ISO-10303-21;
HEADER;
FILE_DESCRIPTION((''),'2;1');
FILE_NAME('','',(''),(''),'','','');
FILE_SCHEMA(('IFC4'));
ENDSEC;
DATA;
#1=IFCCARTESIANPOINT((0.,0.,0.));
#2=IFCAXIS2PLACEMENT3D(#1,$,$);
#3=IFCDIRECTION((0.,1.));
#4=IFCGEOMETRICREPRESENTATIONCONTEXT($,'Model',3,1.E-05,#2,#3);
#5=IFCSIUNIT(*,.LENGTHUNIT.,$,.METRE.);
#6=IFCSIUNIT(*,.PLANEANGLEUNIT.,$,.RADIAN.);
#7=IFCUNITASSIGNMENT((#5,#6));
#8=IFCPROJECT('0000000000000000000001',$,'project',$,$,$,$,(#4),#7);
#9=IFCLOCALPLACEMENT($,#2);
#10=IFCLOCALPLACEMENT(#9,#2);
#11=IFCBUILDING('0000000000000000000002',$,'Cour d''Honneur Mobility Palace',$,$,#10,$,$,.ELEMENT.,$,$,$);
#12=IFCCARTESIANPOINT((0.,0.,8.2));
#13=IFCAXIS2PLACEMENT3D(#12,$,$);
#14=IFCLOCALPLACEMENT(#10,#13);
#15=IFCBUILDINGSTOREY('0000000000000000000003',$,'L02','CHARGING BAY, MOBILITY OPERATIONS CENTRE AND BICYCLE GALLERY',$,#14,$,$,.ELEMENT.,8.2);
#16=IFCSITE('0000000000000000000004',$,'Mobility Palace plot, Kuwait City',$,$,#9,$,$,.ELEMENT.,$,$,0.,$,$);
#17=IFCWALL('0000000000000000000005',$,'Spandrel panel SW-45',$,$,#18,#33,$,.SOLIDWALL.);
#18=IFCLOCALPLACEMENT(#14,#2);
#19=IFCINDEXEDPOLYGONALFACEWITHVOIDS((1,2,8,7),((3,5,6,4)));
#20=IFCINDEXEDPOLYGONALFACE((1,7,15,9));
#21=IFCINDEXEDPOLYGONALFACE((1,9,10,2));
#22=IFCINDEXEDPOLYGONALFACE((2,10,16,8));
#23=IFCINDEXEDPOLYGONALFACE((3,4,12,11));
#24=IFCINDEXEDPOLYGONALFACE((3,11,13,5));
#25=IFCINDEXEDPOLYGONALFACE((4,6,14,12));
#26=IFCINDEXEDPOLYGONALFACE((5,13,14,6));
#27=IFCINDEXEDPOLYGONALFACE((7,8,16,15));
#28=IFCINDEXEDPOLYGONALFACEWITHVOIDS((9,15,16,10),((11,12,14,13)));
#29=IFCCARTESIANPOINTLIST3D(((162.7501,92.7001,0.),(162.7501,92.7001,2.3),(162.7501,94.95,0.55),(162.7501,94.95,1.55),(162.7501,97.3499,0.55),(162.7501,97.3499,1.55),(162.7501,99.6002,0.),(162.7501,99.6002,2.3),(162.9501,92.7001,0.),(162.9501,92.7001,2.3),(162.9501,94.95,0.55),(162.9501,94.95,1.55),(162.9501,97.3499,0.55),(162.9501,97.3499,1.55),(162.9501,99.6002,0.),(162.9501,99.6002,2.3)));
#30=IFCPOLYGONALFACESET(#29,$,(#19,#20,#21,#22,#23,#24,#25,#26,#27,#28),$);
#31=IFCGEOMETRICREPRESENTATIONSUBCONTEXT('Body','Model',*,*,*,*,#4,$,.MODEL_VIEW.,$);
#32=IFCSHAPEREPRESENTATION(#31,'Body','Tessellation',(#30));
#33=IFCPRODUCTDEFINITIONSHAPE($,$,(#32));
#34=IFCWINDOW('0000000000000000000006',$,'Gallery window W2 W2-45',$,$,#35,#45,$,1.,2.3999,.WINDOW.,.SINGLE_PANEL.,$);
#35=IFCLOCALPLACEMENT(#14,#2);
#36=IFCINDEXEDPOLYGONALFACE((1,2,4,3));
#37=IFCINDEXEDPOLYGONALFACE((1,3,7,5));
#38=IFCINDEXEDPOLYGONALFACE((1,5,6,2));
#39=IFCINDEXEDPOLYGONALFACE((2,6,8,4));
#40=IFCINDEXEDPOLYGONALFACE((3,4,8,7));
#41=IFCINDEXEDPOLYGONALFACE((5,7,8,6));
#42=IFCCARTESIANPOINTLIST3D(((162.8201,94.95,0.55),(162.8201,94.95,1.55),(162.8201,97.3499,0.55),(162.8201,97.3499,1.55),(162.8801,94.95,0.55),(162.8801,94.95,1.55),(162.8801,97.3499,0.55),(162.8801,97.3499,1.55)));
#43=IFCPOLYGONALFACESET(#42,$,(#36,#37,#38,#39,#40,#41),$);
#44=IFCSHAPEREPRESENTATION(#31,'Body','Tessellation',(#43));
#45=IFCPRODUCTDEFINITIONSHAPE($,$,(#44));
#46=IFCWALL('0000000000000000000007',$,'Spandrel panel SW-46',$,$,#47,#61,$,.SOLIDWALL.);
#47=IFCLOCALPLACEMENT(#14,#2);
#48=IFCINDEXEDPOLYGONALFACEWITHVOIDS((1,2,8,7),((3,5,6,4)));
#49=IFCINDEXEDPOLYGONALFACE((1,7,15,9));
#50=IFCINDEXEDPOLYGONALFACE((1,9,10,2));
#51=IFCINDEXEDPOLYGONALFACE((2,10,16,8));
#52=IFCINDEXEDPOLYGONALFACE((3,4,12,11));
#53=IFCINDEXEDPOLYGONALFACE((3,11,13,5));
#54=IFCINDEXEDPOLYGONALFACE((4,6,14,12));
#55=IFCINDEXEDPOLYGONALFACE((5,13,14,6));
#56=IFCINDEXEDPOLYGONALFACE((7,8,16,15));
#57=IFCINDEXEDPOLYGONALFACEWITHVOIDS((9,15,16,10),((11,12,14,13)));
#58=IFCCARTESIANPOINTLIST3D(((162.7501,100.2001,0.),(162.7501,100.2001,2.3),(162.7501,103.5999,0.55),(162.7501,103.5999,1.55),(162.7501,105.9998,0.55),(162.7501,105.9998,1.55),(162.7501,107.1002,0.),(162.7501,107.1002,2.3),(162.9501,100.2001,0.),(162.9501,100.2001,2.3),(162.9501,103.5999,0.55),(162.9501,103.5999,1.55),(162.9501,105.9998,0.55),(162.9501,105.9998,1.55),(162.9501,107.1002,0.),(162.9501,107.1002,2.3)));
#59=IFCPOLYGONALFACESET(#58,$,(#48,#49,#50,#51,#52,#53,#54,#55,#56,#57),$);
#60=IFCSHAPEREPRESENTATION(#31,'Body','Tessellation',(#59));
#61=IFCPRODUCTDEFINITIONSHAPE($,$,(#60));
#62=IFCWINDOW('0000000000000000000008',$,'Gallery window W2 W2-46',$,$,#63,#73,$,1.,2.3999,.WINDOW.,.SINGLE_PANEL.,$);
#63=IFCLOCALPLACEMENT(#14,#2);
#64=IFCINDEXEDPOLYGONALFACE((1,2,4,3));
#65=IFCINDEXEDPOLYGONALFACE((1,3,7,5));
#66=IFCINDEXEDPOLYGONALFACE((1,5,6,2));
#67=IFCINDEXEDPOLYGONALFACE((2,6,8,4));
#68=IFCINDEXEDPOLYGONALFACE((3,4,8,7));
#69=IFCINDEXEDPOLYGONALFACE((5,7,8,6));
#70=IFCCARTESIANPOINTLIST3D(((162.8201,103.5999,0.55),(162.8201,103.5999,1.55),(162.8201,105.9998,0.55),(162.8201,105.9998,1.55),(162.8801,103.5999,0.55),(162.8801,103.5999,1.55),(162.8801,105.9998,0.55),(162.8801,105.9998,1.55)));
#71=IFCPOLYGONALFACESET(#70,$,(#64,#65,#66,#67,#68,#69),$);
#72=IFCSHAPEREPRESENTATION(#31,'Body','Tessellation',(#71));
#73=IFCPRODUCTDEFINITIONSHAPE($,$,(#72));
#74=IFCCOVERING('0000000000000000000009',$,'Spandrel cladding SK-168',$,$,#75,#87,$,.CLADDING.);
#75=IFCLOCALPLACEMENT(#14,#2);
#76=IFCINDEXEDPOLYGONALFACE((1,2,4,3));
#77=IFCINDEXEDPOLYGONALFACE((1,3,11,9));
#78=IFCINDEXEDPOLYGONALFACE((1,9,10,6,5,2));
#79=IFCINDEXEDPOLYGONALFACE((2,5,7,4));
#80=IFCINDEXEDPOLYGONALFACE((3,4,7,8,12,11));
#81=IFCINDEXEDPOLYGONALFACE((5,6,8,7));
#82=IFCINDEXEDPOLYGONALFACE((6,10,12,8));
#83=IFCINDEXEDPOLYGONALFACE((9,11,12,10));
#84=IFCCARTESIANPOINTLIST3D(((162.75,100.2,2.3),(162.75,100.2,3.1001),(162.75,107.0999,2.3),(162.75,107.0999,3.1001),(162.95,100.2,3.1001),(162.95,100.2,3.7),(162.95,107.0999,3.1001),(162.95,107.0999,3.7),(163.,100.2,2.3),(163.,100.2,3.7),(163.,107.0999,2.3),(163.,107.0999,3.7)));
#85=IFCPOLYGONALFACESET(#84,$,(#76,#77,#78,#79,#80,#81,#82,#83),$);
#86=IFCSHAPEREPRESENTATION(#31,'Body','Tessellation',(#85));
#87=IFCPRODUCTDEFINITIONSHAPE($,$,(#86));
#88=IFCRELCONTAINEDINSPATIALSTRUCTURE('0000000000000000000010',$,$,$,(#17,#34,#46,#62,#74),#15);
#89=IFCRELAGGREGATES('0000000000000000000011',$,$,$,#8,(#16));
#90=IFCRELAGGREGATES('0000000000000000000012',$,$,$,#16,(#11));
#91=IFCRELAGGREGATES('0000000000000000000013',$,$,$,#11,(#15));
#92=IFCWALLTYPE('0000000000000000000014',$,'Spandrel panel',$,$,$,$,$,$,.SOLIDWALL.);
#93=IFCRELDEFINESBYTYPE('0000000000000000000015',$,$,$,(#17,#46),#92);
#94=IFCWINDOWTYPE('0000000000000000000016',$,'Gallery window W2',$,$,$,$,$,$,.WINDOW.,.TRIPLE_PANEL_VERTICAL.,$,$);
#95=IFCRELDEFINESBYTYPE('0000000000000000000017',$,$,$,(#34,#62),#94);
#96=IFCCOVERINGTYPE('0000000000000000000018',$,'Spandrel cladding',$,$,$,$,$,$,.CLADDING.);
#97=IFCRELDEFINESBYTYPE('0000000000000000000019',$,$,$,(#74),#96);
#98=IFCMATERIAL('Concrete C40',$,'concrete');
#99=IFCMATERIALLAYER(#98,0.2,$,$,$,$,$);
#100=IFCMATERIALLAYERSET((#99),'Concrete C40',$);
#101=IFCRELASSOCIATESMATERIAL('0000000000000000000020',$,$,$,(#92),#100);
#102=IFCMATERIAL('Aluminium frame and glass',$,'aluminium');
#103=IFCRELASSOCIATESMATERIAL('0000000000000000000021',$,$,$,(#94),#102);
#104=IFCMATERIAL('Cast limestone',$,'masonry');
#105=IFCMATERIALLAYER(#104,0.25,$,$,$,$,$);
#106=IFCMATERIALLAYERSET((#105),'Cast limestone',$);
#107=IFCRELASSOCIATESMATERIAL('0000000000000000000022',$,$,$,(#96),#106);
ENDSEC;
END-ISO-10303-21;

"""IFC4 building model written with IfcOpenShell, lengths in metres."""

from ifc_helpers import new_model, si_unit, direction, frame, frame_2d, origin, place, context, subcontext, project, spatial, polyline, rectangle, outline, extrude, material, layer, layer_set, type_object, element, fill, save


model = new_model("IFC4")

# Units and contexts
model_context = context("Model", 3, precision=1e-05, world=origin(), true_north=direction((0.0, 1.0)))
body_context = subcontext(model_context, "Body", "Model", "MODEL_VIEW")
ifc_project = project(units=[si_unit("LENGTHUNIT", "METRE"), si_unit("PLANEANGLEUNIT", "RADIAN")], contexts=[model_context])

# Site, building, storey
site_placement = place(None, origin())
site = spatial("IfcSite", under=ifc_project, at=site_placement, Name="Mobility Palace plot, Kuwait City", CompositionType="ELEMENT", RefElevation=0.0)
building_placement = place(site_placement, origin())
building = spatial("IfcBuilding", under=site, at=building_placement, Name="Cour d'Honneur Mobility Palace", CompositionType="ELEMENT")
storey_placement = place(building_placement, frame((0.0, 0.0, 8.2)))
storey = spatial("IfcBuildingStorey", under=building, at=storey_placement, Name="L02", Description="CHARGING BAY, MOBILITY OPERATIONS CENTRE AND BICYCLE GALLERY", CompositionType="ELEMENT", Elevation=8.2)

# Walls, openings, windows
ifc_material_1 = material(Name="Concrete C40", Category="concrete")
ifc_layer_1 = layer(ifc_material_1, 0.2)
ifc_layer_set_1 = layer_set([ifc_layer_1], Name="Concrete C40")
wall_type_1 = type_object("IfcWallType", Name="Spandrel panel", PredefinedType="SOLIDWALL", material=ifc_layer_set_1)
wall_1_placement = place(storey_placement, frame((162.8501, 92.7, 0.0), z_axis=(0.0, 0.0, 1.0), x_axis=(0.0, 1.0, 0.0)))
wall_1 = element("IfcWall", 1, at=wall_1_placement, inside=storey, type_object=wall_type_1, Name="Spandrel panel SW-45", PredefinedType="SOLIDWALL", context=body_context, shape_type="SweptSolid", body=[
    extrude(rectangle(XDim=6.9001, YDim=0.2, at=frame_2d((3.4502, 0.0))), origin(), (0.0, 0.0, 1.0), 2.3),
])
opening_1_placement = place(wall_1_placement, frame((2.25, 0.0, 0.55)))
opening_1 = element("IfcOpeningElement", 2, at=opening_1_placement, cuts=wall_1, PredefinedType="OPENING", context=body_context, shape_type="SweptSolid", body=[
    extrude(rectangle(XDim=2.3999, YDim=1.0, at=frame_2d((1.2, 0.5))), frame((0.0, 0.1099, 0.0), z_axis=(0.0, -1.0, 0.0), x_axis=(1.0, 0.0, 0.0)), (0.0, 0.0, 1.0), 0.22),
])
ifc_material_2 = material(Name="Aluminium frame and glass", Category="aluminium")
window_type = type_object("IfcWindowType", Name="Gallery window W2", PartitioningType="TRIPLE_PANEL_VERTICAL", PredefinedType="WINDOW", material=ifc_material_2)
window_1_placement = place(opening_1_placement, origin())
window_1 = element("IfcWindow", 3, at=window_1_placement, inside=storey, type_object=window_type, Name="Gallery window W2 W2-45", OverallHeight=1.0, OverallWidth=2.3999, PartitioningType="SINGLE_PANEL", PredefinedType="WINDOW", context=body_context, shape_type="SweptSolid", body=[
    extrude(rectangle(XDim=2.3999, YDim=1.0, at=frame_2d((1.2, 0.5))), frame((0.0, 0.03, 0.0), z_axis=(0.0, -1.0, 0.0), x_axis=(1.0, 0.0, 0.0)), (0.0, 0.0, 1.0), 0.0601),
])
fill(opening_1, window_1)
wall_2_placement = place(storey_placement, frame((162.8501, 100.2, 0.0), z_axis=(0.0, 0.0, 1.0), x_axis=(0.0, 1.0, 0.0)))
wall_2 = element("IfcWall", 4, at=wall_2_placement, inside=storey, type_object=wall_type_1, Name="Spandrel panel SW-46", PredefinedType="SOLIDWALL", context=body_context, shape_type="SweptSolid", body=[
    extrude(rectangle(XDim=6.9001, YDim=0.2, at=frame_2d((3.4502, 0.0))), origin(), (0.0, 0.0, 1.0), 2.3),
])
opening_2_placement = place(wall_2_placement, frame((3.3999, 0.0, 0.55)))
opening_2 = element("IfcOpeningElement", 5, at=opening_2_placement, cuts=wall_2, PredefinedType="OPENING", context=body_context, shape_type="SweptSolid", body=[
    extrude(rectangle(XDim=2.3999, YDim=1.0, at=frame_2d((1.2, 0.5))), frame((0.0, 0.1099, 0.0), z_axis=(0.0, -1.0, 0.0), x_axis=(1.0, 0.0, 0.0)), (0.0, 0.0, 1.0), 0.22),
])
window_2_placement = place(opening_2_placement, origin())
window_2 = element("IfcWindow", 6, at=window_2_placement, inside=storey, type_object=window_type, Name="Gallery window W2 W2-46", OverallHeight=1.0, OverallWidth=2.3999, PartitioningType="SINGLE_PANEL", PredefinedType="WINDOW", context=body_context, shape_type="SweptSolid", body=[
    extrude(rectangle(XDim=2.3999, YDim=1.0, at=frame_2d((1.2, 0.5))), frame((0.0, 0.03, 0.0), z_axis=(0.0, -1.0, 0.0), x_axis=(1.0, 0.0, 0.0)), (0.0, 0.0, 1.0), 0.0601),
])
fill(opening_2, window_2)

# Covering
ifc_material_3 = material(Name="Cast limestone", Category="masonry")
ifc_layer_2 = layer(ifc_material_3, 0.25)
ifc_layer_set_2 = layer_set([ifc_layer_2], Name="Cast limestone")
covering_type = type_object("IfcCoveringType", Name="Spandrel cladding", PredefinedType="CLADDING", material=ifc_layer_set_2)
covering_placement = place(storey_placement, frame((162.75, 100.2, 2.3), z_axis=(0.0, -1.0, 0.0), x_axis=(1.0, 0.0, 0.0)))
element("IfcCovering", 7, at=covering_placement, inside=storey, type_object=covering_type, Name="Spandrel cladding SK-168", PredefinedType="CLADDING", context=body_context, shape_type="SweptSolid", body=[
    extrude(outline(polyline([(0.0, 0.0), (0.25, 0.0), (0.25, 1.3999), (0.2, 1.3999), (0.2, 0.8), (0.0, 0.8), (0.0, 0.0)])), origin(), (0.0, 0.0, -1.0), 6.8999),
])

save(model, "model.ifc")
